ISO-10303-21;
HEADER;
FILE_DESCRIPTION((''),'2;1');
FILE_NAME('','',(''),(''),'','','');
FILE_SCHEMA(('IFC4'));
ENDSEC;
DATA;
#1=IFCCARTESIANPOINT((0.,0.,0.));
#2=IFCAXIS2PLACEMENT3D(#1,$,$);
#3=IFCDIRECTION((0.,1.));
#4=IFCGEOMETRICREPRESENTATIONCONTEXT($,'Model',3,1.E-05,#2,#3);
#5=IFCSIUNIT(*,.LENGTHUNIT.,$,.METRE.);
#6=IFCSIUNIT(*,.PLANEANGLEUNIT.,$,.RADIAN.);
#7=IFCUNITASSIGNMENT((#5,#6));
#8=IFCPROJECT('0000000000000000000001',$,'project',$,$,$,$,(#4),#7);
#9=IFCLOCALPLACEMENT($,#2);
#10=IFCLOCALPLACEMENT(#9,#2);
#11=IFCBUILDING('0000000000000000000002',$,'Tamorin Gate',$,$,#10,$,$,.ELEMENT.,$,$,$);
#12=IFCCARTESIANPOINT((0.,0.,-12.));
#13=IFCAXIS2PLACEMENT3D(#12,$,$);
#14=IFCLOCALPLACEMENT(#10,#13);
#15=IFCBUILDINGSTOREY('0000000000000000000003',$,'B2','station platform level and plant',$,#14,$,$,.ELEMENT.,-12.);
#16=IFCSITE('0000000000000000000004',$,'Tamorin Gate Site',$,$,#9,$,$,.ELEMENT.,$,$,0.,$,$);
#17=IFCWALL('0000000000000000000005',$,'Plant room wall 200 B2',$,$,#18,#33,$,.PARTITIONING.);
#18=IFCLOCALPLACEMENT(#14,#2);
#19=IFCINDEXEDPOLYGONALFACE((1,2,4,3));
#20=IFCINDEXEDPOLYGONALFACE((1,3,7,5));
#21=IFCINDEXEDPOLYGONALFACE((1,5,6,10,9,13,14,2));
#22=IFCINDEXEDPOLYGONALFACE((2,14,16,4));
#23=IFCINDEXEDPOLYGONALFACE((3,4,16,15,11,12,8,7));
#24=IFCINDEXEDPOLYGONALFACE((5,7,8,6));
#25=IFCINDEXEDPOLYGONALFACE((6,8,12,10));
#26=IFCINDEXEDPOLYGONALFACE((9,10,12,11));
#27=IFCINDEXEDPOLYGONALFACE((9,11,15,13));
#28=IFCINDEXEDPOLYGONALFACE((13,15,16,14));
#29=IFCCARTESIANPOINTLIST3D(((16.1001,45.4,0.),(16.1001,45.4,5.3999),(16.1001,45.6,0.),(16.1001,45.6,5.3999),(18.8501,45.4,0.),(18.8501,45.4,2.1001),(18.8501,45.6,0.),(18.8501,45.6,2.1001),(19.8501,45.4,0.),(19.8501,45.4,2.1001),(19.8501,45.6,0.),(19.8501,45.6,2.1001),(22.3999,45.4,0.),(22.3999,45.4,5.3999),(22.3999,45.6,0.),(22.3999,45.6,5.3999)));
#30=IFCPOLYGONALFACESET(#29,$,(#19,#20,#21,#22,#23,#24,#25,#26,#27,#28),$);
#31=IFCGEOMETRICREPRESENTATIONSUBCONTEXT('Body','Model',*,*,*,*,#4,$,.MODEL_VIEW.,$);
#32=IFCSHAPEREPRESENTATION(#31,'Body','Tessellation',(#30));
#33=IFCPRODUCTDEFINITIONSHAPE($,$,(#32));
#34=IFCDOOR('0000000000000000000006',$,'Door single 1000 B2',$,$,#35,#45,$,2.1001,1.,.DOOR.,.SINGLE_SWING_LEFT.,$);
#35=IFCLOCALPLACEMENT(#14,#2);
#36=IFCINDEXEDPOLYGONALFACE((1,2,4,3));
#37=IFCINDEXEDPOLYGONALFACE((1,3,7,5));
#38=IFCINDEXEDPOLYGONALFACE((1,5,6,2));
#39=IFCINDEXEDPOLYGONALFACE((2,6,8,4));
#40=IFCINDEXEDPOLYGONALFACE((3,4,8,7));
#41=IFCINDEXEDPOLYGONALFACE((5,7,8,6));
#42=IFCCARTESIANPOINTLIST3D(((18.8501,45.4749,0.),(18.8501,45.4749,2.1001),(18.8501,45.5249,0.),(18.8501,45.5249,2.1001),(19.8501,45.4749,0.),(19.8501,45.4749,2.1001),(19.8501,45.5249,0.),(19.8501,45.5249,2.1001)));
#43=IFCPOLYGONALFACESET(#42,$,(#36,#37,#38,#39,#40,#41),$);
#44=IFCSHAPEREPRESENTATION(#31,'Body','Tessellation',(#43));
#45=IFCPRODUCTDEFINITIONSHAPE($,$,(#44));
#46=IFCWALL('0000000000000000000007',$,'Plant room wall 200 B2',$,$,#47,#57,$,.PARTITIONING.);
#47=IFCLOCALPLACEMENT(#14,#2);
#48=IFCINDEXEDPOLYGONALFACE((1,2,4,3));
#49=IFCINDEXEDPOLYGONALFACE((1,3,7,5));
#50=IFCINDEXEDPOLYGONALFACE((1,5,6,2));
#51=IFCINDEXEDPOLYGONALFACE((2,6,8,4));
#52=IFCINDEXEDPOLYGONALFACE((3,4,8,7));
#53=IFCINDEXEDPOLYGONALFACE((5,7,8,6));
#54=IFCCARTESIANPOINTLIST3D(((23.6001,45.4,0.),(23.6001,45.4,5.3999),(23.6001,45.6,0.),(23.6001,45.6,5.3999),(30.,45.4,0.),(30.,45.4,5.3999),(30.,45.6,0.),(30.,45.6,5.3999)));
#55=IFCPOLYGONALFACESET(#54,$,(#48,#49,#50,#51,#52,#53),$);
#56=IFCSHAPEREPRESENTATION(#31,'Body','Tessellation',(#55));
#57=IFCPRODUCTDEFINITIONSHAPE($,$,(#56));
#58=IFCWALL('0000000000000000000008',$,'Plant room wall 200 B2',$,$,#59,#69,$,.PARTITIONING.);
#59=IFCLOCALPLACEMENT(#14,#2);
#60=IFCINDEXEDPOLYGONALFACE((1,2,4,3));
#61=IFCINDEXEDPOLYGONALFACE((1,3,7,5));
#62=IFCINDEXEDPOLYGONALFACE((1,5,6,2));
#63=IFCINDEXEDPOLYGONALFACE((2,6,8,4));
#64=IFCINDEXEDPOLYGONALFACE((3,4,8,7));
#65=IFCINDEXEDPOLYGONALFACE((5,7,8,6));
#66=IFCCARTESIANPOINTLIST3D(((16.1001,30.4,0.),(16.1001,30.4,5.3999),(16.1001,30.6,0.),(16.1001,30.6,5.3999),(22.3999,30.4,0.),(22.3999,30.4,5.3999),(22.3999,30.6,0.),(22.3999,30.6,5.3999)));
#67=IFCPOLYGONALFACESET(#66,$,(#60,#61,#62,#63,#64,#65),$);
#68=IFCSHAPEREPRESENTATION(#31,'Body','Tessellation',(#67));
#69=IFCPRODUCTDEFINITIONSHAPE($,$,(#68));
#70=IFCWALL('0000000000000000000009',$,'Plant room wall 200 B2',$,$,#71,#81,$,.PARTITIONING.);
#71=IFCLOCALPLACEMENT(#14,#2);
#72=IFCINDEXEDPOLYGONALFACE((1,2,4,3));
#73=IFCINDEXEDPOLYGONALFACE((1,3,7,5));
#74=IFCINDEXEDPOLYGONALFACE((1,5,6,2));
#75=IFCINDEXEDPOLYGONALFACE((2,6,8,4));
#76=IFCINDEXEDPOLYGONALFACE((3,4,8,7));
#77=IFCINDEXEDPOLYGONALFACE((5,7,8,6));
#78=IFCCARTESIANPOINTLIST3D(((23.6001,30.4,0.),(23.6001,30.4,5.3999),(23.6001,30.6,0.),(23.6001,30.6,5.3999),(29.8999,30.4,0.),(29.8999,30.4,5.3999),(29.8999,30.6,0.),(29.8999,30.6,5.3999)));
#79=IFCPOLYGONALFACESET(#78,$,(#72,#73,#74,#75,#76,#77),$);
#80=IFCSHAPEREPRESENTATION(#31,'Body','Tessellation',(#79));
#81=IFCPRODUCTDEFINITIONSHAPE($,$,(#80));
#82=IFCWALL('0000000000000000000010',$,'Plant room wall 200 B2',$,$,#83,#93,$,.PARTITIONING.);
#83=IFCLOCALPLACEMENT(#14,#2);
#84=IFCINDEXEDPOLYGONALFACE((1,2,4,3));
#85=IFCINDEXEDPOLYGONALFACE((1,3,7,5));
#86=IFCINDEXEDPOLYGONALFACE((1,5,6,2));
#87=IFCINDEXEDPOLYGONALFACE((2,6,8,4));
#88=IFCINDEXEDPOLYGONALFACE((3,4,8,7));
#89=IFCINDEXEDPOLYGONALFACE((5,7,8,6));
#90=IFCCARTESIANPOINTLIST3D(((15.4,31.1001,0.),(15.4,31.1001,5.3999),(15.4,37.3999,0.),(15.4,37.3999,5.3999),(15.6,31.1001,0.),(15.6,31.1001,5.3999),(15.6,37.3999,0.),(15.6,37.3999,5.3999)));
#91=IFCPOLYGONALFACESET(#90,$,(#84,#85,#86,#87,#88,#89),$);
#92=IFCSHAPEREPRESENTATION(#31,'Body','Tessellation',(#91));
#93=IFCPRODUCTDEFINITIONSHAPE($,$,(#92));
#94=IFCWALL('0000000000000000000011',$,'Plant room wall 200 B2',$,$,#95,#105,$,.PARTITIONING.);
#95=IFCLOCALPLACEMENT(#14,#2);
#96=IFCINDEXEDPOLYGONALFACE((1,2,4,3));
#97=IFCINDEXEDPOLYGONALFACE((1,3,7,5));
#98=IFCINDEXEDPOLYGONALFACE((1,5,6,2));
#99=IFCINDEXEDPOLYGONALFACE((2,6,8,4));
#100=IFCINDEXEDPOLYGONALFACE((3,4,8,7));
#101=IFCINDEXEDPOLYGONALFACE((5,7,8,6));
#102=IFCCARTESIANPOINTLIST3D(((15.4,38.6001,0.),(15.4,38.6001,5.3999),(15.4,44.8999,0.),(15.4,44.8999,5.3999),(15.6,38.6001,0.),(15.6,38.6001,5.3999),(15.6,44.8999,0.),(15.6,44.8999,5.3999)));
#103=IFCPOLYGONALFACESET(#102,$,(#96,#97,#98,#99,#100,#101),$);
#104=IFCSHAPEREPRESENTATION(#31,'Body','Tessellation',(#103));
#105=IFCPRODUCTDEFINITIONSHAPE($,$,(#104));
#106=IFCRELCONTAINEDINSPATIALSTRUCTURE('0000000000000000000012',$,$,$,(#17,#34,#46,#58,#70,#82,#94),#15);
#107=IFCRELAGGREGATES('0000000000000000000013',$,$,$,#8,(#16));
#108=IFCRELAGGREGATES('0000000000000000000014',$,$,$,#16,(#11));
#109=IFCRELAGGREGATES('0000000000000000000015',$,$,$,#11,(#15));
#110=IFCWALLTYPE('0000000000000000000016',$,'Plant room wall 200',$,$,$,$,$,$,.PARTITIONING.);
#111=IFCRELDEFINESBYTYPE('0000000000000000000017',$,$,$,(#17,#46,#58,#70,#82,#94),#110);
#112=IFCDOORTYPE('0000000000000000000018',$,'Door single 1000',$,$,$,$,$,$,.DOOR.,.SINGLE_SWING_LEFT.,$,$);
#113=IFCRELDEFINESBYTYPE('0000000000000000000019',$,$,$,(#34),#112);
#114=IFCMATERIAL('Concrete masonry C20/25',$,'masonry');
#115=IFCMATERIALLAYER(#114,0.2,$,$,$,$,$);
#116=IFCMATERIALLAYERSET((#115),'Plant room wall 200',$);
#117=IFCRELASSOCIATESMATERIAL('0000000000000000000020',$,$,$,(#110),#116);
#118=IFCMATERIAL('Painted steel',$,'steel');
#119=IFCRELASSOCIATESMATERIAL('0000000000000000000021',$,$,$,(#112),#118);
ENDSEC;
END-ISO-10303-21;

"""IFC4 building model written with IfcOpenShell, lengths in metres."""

from ifc_helpers import new_model, si_unit, direction, frame, frame_2d, origin, place, context, subcontext, project, spatial, rectangle, extrude, material, layer, layer_set, type_object, element, fill, save


model = new_model("IFC4")

# Units and contexts
model_context = context("Model", 3, precision=1e-05, world=origin(), true_north=direction((0.0, 1.0)))
body_context = subcontext(model_context, "Body", "Model", "MODEL_VIEW")
ifc_project = project(units=[si_unit("LENGTHUNIT", "METRE"), si_unit("PLANEANGLEUNIT", "RADIAN")], contexts=[model_context])

# Site, building, storey
site_placement = place(None, origin())
site = spatial("IfcSite", under=ifc_project, at=site_placement, Name="Tamorin Gate Site", CompositionType="ELEMENT", RefElevation=0.0)
building_placement = place(site_placement, origin())
building = spatial("IfcBuilding", under=site, at=building_placement, Name="Tamorin Gate", CompositionType="ELEMENT")
storey_placement = place(building_placement, frame((0.0, 0.0, -12.0)))
storey = spatial("IfcBuildingStorey", under=building, at=storey_placement, Name="B2", Description="station platform level and plant", CompositionType="ELEMENT", Elevation=-12.0)

# Wall, opening, door
ifc_material_1 = material(Name="Concrete masonry C20/25", Category="masonry")
ifc_layer = layer(ifc_material_1, 0.2)
ifc_layer_set = layer_set([ifc_layer], Name="Plant room wall 200")
wall_type = type_object("IfcWallType", Name="Plant room wall 200", PredefinedType="PARTITIONING", material=ifc_layer_set)
wall_1_placement = place(storey_placement, frame((16.1001, 45.5, 0.0), z_axis=(0.0, 0.0, 1.0), x_axis=(1.0, 0.0, 0.0)))
wall_1 = element("IfcWall", 1, at=wall_1_placement, inside=storey, type_object=wall_type, Name="Plant room wall 200 B2", PredefinedType="PARTITIONING", context=body_context, shape_type="SweptSolid", body=[
    extrude(rectangle(XDim=6.2998, YDim=0.2, at=frame_2d((3.1499, 0.0))), origin(), (0.0, 0.0, 1.0), 5.3999),
])
opening_placement = place(wall_1_placement, frame((2.75, 0.0, 0.0)))
opening = element("IfcOpeningElement", 2, at=opening_placement, cuts=wall_1, PredefinedType="OPENING", context=body_context, shape_type="SweptSolid", body=[
    extrude(rectangle(XDim=1.0, YDim=2.1001, at=frame_2d((0.5, 1.05))), frame((0.0, 0.1099, 0.0), z_axis=(0.0, -1.0, 0.0), x_axis=(1.0, 0.0, 0.0)), (0.0, 0.0, 1.0), 0.22),
])
ifc_material_2 = material(Name="Painted steel", Category="steel")
door_type = type_object("IfcDoorType", Name="Door single 1000", OperationType="SINGLE_SWING_LEFT", PredefinedType="DOOR", material=ifc_material_2)
door_placement = place(opening_placement, origin())
door = element("IfcDoor", 3, at=door_placement, inside=storey, type_object=door_type, Name="Door single 1000 B2", OperationType="SINGLE_SWING_LEFT", OverallHeight=2.1001, OverallWidth=1.0, PredefinedType="DOOR", context=body_context, shape_type="SweptSolid", body=[
    extrude(rectangle(XDim=1.0, YDim=2.1001, at=frame_2d((0.5, 1.05))), frame((0.0, 0.0249, 0.0), z_axis=(0.0, -1.0, 0.0), x_axis=(1.0, 0.0, 0.0)), (0.0, 0.0, 1.0), 0.05),
])
fill(opening, door)

# Walls
wall_2_placement = place(storey_placement, frame((23.6001, 45.5, 0.0), z_axis=(0.0, 0.0, 1.0), x_axis=(1.0, 0.0, 0.0)))
element("IfcWall", 4, at=wall_2_placement, inside=storey, type_object=wall_type, Name="Plant room wall 200 B2", PredefinedType="PARTITIONING", context=body_context, shape_type="SweptSolid", body=[
    extrude(rectangle(XDim=6.3999, YDim=0.2, at=frame_2d((3.2, 0.0))), origin(), (0.0, 0.0, 1.0), 5.3999),
])
for number, where, z_axis, x_axis, name in (
    (5, (16.1001, 30.5, 0.0), (0.0, 0.0, 1.0), (1.0, 0.0, 0.0), "Plant room wall 200 B2"),
    (6, (23.6001, 30.5, 0.0), (0.0, 0.0, 1.0), (1.0, 0.0, 0.0), "Plant room wall 200 B2"),
    (7, (15.5, 31.1001, 0.0), (0.0, 0.0, 1.0), (0.0, 1.0, 0.0), "Plant room wall 200 B2"),
    (8, (15.5, 38.6001, 0.0), (0.0, 0.0, 1.0), (0.0, 1.0, 0.0), "Plant room wall 200 B2"),
):
    element("IfcWall", number, at=place(storey_placement, frame(where, z_axis=z_axis, x_axis=x_axis)), inside=storey, type_object=wall_type, Name=name, PredefinedType="PARTITIONING", context=body_context, shape_type="SweptSolid", body=[
        extrude(rectangle(XDim=6.2998, YDim=0.2, at=frame_2d((3.1499, 0.0))), origin(), (0.0, 0.0, 1.0), 5.3999),
    ])

save(model, "model.ifc")
